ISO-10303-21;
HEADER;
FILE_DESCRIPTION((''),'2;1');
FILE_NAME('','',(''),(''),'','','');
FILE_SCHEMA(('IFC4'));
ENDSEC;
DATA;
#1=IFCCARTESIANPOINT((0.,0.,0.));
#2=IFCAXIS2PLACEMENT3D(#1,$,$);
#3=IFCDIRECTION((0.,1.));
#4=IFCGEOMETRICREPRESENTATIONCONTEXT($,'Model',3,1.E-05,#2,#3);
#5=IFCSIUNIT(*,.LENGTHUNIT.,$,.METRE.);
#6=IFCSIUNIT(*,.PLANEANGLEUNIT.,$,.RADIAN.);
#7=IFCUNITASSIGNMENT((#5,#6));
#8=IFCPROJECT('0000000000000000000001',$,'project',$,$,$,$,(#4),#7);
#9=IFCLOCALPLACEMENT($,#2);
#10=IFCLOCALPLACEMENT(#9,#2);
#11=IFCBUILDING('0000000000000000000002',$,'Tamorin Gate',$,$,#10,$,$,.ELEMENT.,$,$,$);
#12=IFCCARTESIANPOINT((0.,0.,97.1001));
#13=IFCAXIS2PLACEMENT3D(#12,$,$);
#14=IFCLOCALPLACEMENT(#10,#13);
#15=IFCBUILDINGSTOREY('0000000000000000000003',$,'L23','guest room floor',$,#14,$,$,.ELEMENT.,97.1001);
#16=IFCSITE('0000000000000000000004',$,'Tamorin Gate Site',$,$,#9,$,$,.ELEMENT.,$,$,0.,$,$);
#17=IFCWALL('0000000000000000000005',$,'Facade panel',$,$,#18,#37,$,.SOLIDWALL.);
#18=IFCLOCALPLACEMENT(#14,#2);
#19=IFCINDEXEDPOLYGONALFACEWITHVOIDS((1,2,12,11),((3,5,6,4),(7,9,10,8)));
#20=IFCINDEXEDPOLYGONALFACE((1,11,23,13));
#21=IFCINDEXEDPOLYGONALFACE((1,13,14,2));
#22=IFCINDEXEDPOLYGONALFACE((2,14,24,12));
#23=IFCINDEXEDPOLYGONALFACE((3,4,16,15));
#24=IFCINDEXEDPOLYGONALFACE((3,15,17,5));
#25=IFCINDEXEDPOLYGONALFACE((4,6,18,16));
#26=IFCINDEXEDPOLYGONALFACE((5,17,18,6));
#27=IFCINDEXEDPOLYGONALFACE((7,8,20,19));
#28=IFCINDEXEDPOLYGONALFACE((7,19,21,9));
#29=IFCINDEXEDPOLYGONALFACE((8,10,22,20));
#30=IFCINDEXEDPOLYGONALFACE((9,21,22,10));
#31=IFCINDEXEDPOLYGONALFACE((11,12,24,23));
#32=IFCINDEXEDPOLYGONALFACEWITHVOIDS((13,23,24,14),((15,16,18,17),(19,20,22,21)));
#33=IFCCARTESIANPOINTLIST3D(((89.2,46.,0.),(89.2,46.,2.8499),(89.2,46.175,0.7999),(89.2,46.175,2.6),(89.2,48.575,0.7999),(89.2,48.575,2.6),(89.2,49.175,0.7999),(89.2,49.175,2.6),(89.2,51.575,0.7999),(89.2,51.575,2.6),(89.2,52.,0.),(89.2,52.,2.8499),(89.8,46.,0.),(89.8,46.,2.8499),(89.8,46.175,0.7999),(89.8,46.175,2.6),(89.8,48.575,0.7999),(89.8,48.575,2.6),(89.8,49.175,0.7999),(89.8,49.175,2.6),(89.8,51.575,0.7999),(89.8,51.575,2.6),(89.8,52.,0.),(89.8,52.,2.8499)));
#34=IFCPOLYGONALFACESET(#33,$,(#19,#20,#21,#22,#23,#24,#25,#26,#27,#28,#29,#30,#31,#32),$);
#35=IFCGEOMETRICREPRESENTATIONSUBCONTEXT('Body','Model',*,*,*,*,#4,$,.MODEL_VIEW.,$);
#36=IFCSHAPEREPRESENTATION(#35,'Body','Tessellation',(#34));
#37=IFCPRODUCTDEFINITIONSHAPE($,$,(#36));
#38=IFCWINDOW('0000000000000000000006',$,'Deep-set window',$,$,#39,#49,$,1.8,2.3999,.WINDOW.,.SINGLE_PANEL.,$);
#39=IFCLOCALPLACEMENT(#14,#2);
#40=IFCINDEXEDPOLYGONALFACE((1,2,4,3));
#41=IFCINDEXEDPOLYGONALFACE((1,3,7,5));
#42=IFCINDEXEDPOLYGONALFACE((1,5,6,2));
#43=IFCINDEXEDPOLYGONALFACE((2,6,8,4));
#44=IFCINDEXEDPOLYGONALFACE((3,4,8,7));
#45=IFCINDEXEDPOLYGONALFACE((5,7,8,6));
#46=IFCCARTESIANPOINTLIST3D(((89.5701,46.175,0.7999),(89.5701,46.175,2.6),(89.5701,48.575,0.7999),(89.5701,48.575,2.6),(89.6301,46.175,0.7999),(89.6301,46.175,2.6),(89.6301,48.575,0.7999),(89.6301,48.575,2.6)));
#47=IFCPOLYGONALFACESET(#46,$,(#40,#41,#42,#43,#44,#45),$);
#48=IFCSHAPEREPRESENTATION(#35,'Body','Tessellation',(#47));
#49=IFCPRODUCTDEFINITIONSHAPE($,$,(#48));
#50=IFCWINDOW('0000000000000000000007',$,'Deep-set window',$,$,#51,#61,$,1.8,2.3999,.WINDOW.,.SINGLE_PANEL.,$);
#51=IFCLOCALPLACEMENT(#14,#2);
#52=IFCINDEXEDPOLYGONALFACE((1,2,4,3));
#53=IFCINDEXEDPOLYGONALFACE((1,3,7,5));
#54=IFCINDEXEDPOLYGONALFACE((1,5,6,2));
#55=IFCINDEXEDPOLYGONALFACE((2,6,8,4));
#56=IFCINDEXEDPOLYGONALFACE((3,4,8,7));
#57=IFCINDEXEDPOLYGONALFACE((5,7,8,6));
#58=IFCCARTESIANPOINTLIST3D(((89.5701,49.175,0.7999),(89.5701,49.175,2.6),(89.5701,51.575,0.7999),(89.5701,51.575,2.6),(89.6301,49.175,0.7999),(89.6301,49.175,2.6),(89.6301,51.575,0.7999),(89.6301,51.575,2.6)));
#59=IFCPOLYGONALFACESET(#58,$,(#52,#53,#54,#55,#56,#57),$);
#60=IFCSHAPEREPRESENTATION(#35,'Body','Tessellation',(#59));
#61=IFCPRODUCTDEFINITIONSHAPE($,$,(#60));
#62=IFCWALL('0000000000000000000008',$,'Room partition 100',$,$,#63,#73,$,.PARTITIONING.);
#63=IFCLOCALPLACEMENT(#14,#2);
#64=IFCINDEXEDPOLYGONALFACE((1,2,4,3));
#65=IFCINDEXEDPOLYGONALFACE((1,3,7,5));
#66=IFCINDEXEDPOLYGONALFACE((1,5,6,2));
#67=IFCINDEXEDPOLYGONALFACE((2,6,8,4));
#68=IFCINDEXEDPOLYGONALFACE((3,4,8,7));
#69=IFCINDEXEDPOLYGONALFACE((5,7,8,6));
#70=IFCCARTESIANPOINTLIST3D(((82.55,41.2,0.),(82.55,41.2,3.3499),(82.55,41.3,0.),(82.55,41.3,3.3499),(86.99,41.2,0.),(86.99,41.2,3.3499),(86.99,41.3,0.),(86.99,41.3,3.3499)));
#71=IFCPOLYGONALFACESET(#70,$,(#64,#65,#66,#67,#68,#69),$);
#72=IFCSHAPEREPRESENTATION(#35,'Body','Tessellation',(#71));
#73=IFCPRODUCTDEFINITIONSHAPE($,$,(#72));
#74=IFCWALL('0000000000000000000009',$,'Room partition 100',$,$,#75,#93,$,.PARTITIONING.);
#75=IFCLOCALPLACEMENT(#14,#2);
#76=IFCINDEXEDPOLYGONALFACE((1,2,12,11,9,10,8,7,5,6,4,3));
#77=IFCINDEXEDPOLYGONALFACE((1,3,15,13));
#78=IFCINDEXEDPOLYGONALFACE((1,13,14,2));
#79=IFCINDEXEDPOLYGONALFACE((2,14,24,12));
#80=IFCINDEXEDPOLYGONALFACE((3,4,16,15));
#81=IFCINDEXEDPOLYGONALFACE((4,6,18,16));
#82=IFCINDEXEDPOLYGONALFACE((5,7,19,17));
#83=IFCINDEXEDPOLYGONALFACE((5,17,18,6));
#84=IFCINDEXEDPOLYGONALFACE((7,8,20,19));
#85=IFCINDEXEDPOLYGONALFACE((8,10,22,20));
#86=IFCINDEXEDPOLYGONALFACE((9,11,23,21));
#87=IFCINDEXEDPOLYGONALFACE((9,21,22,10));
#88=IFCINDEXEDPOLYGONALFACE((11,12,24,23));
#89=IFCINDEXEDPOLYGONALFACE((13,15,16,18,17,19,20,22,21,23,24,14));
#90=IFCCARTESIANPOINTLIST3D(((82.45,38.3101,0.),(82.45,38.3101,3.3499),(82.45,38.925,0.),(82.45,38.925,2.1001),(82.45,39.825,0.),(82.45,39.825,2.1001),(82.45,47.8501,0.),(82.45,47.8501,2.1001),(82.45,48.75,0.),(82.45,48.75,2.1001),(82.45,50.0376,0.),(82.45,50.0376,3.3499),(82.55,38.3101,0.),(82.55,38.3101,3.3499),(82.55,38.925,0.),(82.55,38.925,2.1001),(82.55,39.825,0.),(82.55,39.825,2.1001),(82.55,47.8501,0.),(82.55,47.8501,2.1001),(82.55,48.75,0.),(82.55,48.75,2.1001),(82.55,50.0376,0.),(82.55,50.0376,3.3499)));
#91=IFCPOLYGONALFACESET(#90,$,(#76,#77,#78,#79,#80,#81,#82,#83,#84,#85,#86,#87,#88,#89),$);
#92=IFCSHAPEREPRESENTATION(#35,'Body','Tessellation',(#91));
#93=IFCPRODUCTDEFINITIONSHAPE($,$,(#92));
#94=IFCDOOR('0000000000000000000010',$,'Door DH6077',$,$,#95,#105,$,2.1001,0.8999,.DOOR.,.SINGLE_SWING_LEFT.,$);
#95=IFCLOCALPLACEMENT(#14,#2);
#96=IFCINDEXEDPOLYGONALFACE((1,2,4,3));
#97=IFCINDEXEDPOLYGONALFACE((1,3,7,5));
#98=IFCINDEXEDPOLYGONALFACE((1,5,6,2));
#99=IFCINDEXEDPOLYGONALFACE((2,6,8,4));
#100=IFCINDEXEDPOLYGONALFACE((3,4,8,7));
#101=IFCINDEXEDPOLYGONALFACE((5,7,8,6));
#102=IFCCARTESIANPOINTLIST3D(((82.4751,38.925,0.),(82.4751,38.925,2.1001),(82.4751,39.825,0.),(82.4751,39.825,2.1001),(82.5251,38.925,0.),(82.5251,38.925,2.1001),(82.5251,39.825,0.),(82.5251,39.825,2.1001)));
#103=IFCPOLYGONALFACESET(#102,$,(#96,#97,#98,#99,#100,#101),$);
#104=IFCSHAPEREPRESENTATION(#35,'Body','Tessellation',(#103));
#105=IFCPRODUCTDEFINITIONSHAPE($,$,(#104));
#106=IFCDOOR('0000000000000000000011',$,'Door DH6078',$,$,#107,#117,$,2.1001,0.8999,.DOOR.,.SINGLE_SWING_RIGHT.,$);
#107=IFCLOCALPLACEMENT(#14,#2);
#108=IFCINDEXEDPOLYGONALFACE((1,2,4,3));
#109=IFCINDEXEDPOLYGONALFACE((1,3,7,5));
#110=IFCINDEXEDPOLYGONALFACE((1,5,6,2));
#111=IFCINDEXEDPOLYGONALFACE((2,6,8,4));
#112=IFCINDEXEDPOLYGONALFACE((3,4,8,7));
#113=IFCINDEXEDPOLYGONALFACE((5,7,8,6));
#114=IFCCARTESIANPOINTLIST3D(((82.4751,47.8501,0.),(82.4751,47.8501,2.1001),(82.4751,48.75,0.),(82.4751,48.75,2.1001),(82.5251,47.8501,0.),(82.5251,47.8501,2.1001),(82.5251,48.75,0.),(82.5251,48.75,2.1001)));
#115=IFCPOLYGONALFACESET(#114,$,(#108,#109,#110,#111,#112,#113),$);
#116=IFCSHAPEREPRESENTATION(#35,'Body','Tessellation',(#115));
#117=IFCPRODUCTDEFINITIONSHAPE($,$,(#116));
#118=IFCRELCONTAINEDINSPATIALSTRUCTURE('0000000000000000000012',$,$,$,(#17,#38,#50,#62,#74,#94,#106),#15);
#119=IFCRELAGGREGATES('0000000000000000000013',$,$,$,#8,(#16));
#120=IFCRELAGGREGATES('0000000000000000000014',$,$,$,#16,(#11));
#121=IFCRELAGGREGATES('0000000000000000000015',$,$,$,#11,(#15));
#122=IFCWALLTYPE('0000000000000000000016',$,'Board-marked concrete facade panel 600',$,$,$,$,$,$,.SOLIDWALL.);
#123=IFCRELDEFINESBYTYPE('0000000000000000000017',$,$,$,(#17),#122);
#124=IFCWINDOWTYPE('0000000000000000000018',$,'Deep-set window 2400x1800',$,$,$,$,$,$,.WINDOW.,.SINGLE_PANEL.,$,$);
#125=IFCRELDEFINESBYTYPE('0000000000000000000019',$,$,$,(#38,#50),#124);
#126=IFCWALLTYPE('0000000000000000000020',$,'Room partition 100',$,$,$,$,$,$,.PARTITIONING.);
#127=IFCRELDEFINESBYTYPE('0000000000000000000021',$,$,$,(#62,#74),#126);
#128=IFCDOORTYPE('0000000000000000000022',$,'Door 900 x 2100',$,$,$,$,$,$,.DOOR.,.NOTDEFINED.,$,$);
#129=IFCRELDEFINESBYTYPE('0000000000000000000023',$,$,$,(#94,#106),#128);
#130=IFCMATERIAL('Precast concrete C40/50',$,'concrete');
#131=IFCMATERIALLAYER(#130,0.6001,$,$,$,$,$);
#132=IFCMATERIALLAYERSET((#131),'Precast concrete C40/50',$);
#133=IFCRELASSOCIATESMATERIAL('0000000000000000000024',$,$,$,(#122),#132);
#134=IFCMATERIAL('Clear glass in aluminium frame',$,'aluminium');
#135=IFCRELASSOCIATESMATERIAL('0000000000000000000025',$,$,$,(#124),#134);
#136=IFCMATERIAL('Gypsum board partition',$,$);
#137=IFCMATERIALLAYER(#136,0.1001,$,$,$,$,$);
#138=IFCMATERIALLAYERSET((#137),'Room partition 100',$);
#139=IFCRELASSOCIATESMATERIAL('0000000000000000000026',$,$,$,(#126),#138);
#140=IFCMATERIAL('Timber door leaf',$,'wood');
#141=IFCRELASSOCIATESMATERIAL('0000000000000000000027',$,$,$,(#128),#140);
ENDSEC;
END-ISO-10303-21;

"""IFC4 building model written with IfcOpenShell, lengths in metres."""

from ifc_helpers import new_model, si_unit, direction, frame, frame_2d, origin, place, context, subcontext, project, spatial, rectangle, extrude, material, layer, layer_set, type_object, element, fill, save


model = new_model("IFC4")

# Units and contexts
model_context = context("Model", 3, precision=1e-05, world=origin(), true_north=direction((0.0, 1.0)))
body_context = subcontext(model_context, "Body", "Model", "MODEL_VIEW")
ifc_project = project(units=[si_unit("LENGTHUNIT", "METRE"), si_unit("PLANEANGLEUNIT", "RADIAN")], contexts=[model_context])

# Site, building, storey
site_placement = place(None, origin())
site = spatial("IfcSite", under=ifc_project, at=site_placement, Name="Tamorin Gate Site", CompositionType="ELEMENT", RefElevation=0.0)
building_placement = place(site_placement, origin())
building = spatial("IfcBuilding", under=site, at=building_placement, Name="Tamorin Gate", CompositionType="ELEMENT")
storey_placement = place(building_placement, frame((0.0, 0.0, 97.1001)))
storey = spatial("IfcBuildingStorey", under=building, at=storey_placement, Name="L23", Description="guest room floor", CompositionType="ELEMENT", Elevation=97.1001)

# Shared definitions
ifc_material_1 = material(Name="Precast concrete C40/50", Category="concrete")
ifc_layer_1 = layer(ifc_material_1, 0.6001)
ifc_layer_set_1 = layer_set([ifc_layer_1], Name="Precast concrete C40/50")
wall_type_1 = type_object("IfcWallType", Name="Board-marked concrete facade panel 600", PredefinedType="SOLIDWALL", material=ifc_layer_set_1)
ifc_material_2 = material(Name="Clear glass in aluminium frame", Category="aluminium")
window_type = type_object("IfcWindowType", Name="Deep-set window 2400x1800", PartitioningType="SINGLE_PANEL", PredefinedType="WINDOW", material=ifc_material_2)

# Wall, openings, windows
wall_1_placement = place(storey_placement, frame((89.5, 46.0, 0.0), z_axis=(0.0, 0.0, 1.0), x_axis=(0.0, 1.0, 0.0)))
wall_1 = element("IfcWall", 1, at=wall_1_placement, inside=storey, type_object=wall_type_1, Name="Facade panel", PredefinedType="SOLIDWALL", context=body_context, shape_type="SweptSolid", body=[
    extrude(rectangle(XDim=6.0, YDim=0.6001, at=frame_2d((3.0, 0.0))), origin(), (0.0, 0.0, 1.0), 2.8499),
])
opening_1_placement = place(wall_1_placement, frame((0.175, 0.0, 0.8)))
opening_1 = element("IfcOpeningElement", 2, at=opening_1_placement, cuts=wall_1, PredefinedType="OPENING", context=body_context, shape_type="SweptSolid", body=[
    extrude(rectangle(XDim=2.3999, YDim=1.8, at=frame_2d((1.2, 0.8999))), frame((0.0, 0.3101, 0.0), z_axis=(0.0, -1.0, 0.0), x_axis=(1.0, 0.0, 0.0)), (0.0, 0.0, 1.0), 0.6201),
])
opening_2_placement = place(wall_1_placement, frame((3.175, 0.0, 0.8)))
opening_2 = element("IfcOpeningElement", 3, at=opening_2_placement, cuts=wall_1, PredefinedType="OPENING", context=body_context, shape_type="SweptSolid", body=[
    extrude(rectangle(XDim=2.3999, YDim=1.8, at=frame_2d((1.2, 0.8999))), frame((0.0, 0.3101, 0.0), z_axis=(0.0, -1.0, 0.0), x_axis=(1.0, 0.0, 0.0)), (0.0, 0.0, 1.0), 0.6201),
])
window_1_placement = place(opening_1_placement, origin())
window_1 = element("IfcWindow", 4, at=window_1_placement, inside=storey, type_object=window_type, Name="Deep-set window", OverallHeight=1.8, OverallWidth=2.3999, PartitioningType="SINGLE_PANEL", PredefinedType="WINDOW", context=body_context, shape_type="SweptSolid", body=[
    extrude(rectangle(XDim=2.3999, YDim=1.8, at=frame_2d((1.2, 0.8999))), frame((0.0, -0.0701, 0.0), z_axis=(0.0, -1.0, 0.0), x_axis=(1.0, 0.0, 0.0)), (0.0, 0.0, 1.0), 0.0601),
])
fill(opening_1, window_1)
window_2_placement = place(opening_2_placement, origin())
window_2 = element("IfcWindow", 5, at=window_2_placement, inside=storey, type_object=window_type, Name="Deep-set window", OverallHeight=1.8, OverallWidth=2.3999, PartitioningType="SINGLE_PANEL", PredefinedType="WINDOW", context=body_context, shape_type="SweptSolid", body=[
    extrude(rectangle(XDim=2.3999, YDim=1.8, at=frame_2d((1.2, 0.8999))), frame((0.0, -0.0701, 0.0), z_axis=(0.0, -1.0, 0.0), x_axis=(1.0, 0.0, 0.0)), (0.0, 0.0, 1.0), 0.0601),
])
fill(opening_2, window_2)

# Wall
ifc_material_3 = material(Name="Gypsum board partition")
ifc_layer_2 = layer(ifc_material_3, 0.1001)
ifc_layer_set_2 = layer_set([ifc_layer_2], Name="Room partition 100")
wall_type_2 = type_object("IfcWallType", Name="Room partition 100", PredefinedType="PARTITIONING", material=ifc_layer_set_2)
wall_2_placement = place(storey_placement, frame((82.55, 41.25, 0.0), z_axis=(0.0, 0.0, 1.0), x_axis=(1.0, 0.0, 0.0)))
element("IfcWall", 6, at=wall_2_placement, inside=storey, type_object=wall_type_2, Name="Room partition 100", PredefinedType="PARTITIONING", context=body_context, shape_type="SweptSolid", body=[
    extrude(rectangle(XDim=4.4399, YDim=0.1001, at=frame_2d((2.22, 0.0))), origin(), (0.0, 0.0, 1.0), 3.3499),
])

# Wall, openings, doors
wall_3_placement = place(storey_placement, frame((82.5, 38.3101, 0.0), z_axis=(0.0, 0.0, 1.0), x_axis=(0.0, 1.0, 0.0)))
wall_3 = element("IfcWall", 7, at=wall_3_placement, inside=storey, type_object=wall_type_2, Name="Room partition 100", PredefinedType="PARTITIONING", context=body_context, shape_type="SweptSolid", body=[
    extrude(rectangle(XDim=11.7275, YDim=0.1001, at=frame_2d((5.8638, 0.0))), origin(), (0.0, 0.0, 1.0), 3.3499),
])
opening_3_placement = place(wall_3_placement, frame((0.615, 0.0, 0.0)))
opening_3 = element("IfcOpeningElement", 8, at=opening_3_placement, cuts=wall_3, PredefinedType="OPENING", context=body_context, shape_type="SweptSolid", body=[
    extrude(rectangle(XDim=0.8999, YDim=2.1001, at=frame_2d((0.45, 1.05))), frame((0.0, 0.0601, 0.0), z_axis=(0.0, -1.0, 0.0), x_axis=(1.0, 0.0, 0.0)), (0.0, 0.0, 1.0), 0.1201),
])
opening_4_placement = place(wall_3_placement, frame((9.54, 0.0, 0.0)))
opening_4 = element("IfcOpeningElement", 9, at=opening_4_placement, cuts=wall_3, PredefinedType="OPENING", context=body_context, shape_type="SweptSolid", body=[
    extrude(rectangle(XDim=0.8999, YDim=2.1001, at=frame_2d((0.45, 1.05))), frame((0.0, 0.0601, 0.0), z_axis=(0.0, -1.0, 0.0), x_axis=(1.0, 0.0, 0.0)), (0.0, 0.0, 1.0), 0.1201),
])
ifc_material_4 = material(Name="Timber door leaf", Category="wood")
door_type = type_object("IfcDoorType", Name="Door 900 x 2100", OperationType="NOTDEFINED", PredefinedType="DOOR", material=ifc_material_4)
door_1_placement = place(opening_3_placement, origin())
door_1 = element("IfcDoor", 10, at=door_1_placement, inside=storey, type_object=door_type, Name="Door DH6077", OperationType="SINGLE_SWING_LEFT", OverallHeight=2.1001, OverallWidth=0.8999, PredefinedType="DOOR", context=body_context, shape_type="SweptSolid", body=[
    extrude(rectangle(XDim=0.8999, YDim=2.1001, at=frame_2d((0.45, 1.05))), frame((0.0, 0.0249, 0.0), z_axis=(0.0, -1.0, 0.0), x_axis=(1.0, 0.0, 0.0)), (0.0, 0.0, 1.0), 0.05),
])
fill(opening_3, door_1)
door_2_placement = place(opening_4_placement, origin())
door_2 = element("IfcDoor", 11, at=door_2_placement, inside=storey, type_object=door_type, Name="Door DH6078", OperationType="SINGLE_SWING_RIGHT", OverallHeight=2.1001, OverallWidth=0.8999, PredefinedType="DOOR", context=body_context, shape_type="SweptSolid", body=[
    extrude(rectangle(XDim=0.8999, YDim=2.1001, at=frame_2d((0.45, 1.05))), frame((0.0, 0.0249, 0.0), z_axis=(0.0, -1.0, 0.0), x_axis=(1.0, 0.0, 0.0)), (0.0, 0.0, 1.0), 0.05),
])
fill(opening_4, door_2)

save(model, "model.ifc")
